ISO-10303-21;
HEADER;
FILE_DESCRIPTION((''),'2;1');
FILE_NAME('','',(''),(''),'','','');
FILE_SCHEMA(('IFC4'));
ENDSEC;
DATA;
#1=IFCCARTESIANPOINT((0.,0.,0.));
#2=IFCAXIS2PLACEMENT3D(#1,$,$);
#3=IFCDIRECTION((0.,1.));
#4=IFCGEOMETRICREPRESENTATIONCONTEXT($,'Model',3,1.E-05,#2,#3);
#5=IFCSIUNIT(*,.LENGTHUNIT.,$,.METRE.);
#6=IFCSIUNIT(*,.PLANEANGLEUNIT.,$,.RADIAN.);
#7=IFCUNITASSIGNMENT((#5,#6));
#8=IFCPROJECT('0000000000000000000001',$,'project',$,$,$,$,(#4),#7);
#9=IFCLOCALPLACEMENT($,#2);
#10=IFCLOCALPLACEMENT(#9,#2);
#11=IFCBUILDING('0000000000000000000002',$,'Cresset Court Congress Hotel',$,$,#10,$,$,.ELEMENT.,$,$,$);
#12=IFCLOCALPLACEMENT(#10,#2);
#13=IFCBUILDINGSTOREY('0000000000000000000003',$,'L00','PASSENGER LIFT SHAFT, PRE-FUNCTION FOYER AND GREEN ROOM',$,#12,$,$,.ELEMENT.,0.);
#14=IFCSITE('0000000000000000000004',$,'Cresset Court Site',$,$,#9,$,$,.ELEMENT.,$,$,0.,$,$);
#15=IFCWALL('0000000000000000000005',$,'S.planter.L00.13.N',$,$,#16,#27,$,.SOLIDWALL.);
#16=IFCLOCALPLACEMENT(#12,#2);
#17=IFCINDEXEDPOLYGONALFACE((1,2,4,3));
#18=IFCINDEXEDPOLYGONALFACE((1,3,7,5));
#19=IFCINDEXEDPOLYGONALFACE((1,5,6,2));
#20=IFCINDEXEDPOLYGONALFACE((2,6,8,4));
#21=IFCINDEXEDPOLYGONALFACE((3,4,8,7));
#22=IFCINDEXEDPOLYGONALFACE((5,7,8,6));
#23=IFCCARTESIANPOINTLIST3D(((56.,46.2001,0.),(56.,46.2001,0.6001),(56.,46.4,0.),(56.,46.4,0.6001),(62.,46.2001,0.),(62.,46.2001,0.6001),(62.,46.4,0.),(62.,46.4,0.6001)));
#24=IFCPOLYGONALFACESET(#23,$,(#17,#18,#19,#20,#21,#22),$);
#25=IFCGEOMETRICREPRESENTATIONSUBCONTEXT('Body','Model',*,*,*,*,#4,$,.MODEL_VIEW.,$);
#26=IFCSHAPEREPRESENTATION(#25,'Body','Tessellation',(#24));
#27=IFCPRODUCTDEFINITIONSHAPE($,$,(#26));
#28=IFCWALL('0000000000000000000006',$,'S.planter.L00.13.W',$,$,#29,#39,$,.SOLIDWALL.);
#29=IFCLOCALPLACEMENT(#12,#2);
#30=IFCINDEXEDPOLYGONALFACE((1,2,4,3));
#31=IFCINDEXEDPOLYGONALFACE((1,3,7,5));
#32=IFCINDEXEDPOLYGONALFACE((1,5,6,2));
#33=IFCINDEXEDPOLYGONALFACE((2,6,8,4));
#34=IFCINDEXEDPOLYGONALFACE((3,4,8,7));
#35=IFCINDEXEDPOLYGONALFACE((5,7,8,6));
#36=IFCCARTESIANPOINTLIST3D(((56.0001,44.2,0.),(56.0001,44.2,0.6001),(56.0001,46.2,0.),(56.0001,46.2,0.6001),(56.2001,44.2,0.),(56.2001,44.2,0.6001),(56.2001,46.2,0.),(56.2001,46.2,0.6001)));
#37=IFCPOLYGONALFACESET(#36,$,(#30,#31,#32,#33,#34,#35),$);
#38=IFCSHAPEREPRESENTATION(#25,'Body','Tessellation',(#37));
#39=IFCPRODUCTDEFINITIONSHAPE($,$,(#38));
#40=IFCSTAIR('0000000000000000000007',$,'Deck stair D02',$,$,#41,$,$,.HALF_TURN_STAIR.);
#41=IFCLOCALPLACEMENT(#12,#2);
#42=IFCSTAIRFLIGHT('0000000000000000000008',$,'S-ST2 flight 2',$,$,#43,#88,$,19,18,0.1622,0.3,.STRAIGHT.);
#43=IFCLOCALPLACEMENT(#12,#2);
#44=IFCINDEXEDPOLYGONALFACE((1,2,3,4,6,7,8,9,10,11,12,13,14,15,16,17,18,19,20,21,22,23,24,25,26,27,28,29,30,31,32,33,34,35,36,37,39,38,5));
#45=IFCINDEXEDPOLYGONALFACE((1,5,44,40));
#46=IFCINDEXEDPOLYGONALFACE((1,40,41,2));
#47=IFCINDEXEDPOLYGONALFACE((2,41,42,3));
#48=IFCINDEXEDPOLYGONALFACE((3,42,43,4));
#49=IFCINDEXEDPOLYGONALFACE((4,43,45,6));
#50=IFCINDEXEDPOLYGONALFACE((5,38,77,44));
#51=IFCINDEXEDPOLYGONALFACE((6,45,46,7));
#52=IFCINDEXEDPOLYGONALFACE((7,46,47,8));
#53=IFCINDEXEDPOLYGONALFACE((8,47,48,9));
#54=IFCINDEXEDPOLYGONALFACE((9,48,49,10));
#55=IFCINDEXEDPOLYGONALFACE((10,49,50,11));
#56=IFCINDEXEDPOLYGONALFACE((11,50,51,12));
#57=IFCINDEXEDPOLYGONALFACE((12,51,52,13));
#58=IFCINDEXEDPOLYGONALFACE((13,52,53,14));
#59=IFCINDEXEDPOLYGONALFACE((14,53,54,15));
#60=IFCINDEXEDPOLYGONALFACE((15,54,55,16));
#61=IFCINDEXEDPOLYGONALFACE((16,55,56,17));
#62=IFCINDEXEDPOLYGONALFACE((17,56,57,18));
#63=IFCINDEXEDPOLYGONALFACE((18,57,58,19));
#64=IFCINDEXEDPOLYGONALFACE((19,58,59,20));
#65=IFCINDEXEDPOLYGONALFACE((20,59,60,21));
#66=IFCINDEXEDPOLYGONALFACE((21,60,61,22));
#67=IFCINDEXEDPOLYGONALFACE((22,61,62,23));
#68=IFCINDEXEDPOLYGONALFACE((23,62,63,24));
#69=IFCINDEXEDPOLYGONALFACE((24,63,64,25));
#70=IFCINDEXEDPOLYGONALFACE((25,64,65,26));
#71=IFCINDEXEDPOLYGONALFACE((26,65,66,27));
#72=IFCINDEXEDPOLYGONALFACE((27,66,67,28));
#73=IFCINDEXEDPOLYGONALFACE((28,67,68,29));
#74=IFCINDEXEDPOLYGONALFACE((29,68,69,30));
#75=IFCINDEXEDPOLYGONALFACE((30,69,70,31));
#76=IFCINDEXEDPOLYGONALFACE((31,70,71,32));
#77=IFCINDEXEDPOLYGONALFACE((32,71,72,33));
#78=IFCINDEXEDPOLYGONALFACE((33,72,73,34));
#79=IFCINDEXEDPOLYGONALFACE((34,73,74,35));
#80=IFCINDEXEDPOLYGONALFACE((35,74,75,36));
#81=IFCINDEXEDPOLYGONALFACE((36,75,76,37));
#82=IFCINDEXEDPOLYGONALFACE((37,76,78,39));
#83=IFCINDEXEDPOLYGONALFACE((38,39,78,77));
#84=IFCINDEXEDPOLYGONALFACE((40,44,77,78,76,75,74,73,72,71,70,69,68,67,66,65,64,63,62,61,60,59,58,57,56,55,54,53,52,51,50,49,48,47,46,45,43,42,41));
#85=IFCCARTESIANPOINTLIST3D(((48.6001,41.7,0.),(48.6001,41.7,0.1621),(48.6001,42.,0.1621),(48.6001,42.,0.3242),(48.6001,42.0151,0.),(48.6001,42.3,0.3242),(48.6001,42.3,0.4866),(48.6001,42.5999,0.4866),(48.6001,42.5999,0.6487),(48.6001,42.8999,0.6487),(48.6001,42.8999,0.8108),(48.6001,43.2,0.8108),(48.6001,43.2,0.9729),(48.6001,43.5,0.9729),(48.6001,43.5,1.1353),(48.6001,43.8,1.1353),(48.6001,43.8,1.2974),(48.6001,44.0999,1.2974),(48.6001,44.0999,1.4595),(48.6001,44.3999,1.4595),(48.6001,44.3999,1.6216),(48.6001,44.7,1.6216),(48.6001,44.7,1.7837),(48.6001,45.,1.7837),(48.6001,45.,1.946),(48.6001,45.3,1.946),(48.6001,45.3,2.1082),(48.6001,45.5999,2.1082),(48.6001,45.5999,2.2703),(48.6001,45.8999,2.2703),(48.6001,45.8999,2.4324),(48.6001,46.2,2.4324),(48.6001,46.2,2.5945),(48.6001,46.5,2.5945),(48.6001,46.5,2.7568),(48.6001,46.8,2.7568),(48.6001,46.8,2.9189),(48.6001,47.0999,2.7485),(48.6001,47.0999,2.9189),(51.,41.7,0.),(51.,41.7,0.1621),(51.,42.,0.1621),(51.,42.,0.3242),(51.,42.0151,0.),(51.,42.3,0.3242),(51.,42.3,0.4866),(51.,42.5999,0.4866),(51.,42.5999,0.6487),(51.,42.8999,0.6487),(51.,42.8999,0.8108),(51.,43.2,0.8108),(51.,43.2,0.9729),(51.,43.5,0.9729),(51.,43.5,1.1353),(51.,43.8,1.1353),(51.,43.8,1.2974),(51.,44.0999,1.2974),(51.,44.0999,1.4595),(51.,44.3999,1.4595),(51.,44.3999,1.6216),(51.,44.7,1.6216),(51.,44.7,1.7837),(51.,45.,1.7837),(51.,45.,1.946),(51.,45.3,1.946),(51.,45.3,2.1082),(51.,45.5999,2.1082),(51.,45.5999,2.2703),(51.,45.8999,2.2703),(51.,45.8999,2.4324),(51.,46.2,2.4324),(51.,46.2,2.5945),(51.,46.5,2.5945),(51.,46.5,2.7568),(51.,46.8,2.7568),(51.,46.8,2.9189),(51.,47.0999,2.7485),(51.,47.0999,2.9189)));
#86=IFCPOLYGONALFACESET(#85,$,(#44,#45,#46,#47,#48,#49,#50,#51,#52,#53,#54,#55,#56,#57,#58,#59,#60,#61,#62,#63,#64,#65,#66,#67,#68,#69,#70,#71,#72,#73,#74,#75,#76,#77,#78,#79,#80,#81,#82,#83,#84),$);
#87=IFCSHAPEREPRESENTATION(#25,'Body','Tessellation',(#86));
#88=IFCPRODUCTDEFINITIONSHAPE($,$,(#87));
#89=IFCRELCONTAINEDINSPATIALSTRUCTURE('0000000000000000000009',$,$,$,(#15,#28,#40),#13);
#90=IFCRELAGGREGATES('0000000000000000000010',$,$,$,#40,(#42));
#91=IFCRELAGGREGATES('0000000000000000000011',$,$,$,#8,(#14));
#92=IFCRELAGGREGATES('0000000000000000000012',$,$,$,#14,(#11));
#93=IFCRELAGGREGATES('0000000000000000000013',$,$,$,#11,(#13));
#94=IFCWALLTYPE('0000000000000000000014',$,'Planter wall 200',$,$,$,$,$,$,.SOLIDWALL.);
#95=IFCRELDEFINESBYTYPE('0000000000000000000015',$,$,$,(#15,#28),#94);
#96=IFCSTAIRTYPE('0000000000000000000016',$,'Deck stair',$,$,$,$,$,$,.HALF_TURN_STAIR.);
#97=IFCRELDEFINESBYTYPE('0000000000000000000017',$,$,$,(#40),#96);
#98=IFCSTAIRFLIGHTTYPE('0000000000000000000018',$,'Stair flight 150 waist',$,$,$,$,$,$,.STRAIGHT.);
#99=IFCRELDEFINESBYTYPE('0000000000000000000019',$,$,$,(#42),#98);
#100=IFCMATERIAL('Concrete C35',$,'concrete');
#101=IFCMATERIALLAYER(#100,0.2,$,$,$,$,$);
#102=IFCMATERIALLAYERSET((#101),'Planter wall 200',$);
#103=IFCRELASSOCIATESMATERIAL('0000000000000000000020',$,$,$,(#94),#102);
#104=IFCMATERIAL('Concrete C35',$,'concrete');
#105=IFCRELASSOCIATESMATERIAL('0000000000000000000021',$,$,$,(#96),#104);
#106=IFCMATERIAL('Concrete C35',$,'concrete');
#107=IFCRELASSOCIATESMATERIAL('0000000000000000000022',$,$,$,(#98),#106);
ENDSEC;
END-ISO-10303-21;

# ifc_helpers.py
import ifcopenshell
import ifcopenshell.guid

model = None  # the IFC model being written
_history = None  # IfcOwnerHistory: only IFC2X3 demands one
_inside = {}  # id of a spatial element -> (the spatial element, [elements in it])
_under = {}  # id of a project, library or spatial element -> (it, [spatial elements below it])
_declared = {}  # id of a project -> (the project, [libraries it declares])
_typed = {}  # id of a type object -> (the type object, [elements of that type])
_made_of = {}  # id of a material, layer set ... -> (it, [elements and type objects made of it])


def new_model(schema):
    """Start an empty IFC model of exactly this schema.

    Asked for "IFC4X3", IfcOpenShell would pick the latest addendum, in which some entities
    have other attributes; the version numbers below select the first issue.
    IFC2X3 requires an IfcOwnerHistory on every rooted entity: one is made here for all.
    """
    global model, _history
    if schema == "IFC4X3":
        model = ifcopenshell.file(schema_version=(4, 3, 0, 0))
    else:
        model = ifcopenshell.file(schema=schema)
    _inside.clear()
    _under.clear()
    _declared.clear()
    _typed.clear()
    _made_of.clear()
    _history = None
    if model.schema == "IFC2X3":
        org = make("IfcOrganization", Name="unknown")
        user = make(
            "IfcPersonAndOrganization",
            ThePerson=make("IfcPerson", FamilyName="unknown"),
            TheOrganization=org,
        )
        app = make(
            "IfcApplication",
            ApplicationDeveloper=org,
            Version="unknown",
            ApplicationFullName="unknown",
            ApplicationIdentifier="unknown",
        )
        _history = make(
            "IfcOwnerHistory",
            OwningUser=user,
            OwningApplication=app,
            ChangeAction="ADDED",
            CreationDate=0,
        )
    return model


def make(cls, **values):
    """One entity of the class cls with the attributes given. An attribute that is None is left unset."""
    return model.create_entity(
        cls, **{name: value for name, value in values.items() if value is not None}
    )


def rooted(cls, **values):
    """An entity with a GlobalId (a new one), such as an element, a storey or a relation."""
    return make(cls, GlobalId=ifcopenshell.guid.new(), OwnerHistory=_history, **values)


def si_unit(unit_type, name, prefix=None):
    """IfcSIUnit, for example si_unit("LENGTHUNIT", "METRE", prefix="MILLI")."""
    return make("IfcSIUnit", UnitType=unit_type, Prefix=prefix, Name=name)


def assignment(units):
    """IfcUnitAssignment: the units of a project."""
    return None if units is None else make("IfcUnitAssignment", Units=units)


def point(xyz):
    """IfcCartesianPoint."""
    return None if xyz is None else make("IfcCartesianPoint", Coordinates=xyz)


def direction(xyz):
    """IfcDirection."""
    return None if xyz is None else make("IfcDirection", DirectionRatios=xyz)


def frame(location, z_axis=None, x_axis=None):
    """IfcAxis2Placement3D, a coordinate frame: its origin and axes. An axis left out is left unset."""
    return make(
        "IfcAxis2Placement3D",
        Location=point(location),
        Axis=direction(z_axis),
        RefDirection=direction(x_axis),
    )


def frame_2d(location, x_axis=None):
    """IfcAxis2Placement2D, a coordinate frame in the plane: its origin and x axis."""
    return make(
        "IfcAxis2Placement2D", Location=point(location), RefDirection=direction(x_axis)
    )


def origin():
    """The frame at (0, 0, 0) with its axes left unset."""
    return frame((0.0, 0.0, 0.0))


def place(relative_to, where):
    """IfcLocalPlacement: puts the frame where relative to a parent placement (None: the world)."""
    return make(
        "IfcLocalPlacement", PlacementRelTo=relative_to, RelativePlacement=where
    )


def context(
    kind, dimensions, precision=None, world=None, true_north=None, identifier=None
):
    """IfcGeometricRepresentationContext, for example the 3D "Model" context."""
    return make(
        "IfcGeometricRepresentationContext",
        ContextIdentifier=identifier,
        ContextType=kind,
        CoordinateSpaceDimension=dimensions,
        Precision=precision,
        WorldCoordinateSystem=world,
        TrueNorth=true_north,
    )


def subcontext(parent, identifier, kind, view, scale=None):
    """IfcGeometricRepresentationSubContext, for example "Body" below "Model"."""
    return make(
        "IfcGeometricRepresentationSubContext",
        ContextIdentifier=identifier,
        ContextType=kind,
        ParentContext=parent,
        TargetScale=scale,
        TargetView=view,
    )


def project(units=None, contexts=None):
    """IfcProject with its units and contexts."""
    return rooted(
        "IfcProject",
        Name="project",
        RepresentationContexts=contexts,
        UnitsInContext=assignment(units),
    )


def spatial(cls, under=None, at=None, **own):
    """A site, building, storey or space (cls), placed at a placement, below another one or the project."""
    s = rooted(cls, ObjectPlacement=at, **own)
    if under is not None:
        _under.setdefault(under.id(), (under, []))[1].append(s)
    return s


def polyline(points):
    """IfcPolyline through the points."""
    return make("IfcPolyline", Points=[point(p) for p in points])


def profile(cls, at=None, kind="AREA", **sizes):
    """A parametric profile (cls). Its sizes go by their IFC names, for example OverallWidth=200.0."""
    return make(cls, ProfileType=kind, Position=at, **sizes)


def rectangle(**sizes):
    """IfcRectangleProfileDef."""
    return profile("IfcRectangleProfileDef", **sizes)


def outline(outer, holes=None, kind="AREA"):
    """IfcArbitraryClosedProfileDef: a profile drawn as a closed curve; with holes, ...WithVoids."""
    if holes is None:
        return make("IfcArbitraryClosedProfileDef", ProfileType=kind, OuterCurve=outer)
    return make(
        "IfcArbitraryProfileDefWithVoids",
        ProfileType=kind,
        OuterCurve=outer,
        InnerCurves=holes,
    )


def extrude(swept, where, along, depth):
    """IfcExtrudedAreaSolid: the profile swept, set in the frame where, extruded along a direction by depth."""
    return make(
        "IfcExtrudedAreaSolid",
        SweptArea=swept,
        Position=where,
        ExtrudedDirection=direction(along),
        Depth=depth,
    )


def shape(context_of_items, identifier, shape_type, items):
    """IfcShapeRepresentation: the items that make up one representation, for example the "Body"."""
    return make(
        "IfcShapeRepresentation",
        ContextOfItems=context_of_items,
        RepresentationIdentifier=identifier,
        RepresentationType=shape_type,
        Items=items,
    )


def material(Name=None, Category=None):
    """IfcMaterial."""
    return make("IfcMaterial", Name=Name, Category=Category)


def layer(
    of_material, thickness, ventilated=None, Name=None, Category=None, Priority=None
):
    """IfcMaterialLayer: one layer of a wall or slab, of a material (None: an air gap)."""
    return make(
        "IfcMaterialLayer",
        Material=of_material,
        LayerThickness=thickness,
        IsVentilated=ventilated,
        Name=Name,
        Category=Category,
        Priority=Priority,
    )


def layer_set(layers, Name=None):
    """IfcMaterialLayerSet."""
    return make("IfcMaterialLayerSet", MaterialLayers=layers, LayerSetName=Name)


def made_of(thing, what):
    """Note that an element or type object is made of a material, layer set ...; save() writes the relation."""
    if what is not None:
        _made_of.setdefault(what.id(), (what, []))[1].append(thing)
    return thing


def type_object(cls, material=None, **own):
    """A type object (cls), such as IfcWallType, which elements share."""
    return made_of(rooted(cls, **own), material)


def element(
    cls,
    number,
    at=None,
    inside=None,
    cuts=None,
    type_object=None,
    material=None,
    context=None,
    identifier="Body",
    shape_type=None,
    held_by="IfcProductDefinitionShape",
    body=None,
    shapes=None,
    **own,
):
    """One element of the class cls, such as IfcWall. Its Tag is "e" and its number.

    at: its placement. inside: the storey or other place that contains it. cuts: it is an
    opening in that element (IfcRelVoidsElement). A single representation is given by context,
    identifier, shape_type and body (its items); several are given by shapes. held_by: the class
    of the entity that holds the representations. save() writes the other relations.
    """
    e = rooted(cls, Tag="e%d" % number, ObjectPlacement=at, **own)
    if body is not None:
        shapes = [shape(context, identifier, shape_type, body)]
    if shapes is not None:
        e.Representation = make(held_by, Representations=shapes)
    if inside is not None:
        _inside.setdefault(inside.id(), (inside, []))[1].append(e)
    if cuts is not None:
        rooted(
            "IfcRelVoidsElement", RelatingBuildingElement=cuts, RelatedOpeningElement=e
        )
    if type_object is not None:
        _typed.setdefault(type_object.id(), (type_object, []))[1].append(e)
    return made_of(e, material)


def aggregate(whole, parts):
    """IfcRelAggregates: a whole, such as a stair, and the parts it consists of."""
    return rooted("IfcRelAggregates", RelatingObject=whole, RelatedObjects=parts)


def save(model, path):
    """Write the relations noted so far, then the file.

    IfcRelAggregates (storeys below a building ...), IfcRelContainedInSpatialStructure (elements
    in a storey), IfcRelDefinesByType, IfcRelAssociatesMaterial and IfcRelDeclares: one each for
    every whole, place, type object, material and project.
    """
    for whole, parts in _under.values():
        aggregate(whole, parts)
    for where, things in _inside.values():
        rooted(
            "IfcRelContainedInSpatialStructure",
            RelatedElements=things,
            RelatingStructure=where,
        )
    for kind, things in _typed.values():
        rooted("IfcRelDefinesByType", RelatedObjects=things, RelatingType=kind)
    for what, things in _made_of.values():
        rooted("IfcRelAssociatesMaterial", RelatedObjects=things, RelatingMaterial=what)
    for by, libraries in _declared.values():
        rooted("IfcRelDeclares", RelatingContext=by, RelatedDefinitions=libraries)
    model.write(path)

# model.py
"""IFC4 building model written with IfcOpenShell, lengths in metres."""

from ifc_helpers import new_model, si_unit, direction, frame, frame_2d, origin, place, context, subcontext, project, spatial, polyline, rectangle, outline, extrude, material, layer, layer_set, type_object, element, aggregate, save


model = new_model("IFC4")

# Units and contexts
model_context = context("Model", 3, precision=1e-05, world=origin(), true_north=direction((0.0, 1.0)))
body_context = subcontext(model_context, "Body", "Model", "MODEL_VIEW")
ifc_project = project(units=[si_unit("LENGTHUNIT", "METRE"), si_unit("PLANEANGLEUNIT", "RADIAN")], contexts=[model_context])

# Site, building, storey
site_placement = place(None, origin())
site = spatial("IfcSite", under=ifc_project, at=site_placement, Name="Cresset Court Site", CompositionType="ELEMENT", RefElevation=0.0)
building_placement = place(site_placement, origin())
building = spatial("IfcBuilding", under=site, at=building_placement, Name="Cresset Court Congress Hotel", CompositionType="ELEMENT")
storey_placement = place(building_placement, origin())
storey = spatial("IfcBuildingStorey", under=building, at=storey_placement, Name="L00", Description="PASSENGER LIFT SHAFT, PRE-FUNCTION FOYER AND GREEN ROOM", CompositionType="ELEMENT", Elevation=0.0)

# Walls
ifc_material_1 = material(Name="Concrete C35", Category="concrete")
ifc_layer_1 = layer(ifc_material_1, 0.2)
ifc_layer_set_1 = layer_set([ifc_layer_1], Name="Planter wall 200")
wall_type_1 = type_object("IfcWallType", Name="Planter wall 200", PredefinedType="SOLIDWALL", material=ifc_layer_set_1)
for number, where, z_axis, x_axis, name in (
    (1, (56.0, 46.3, 0.0), (0.0, 0.0, 1.0), (1.0, 0.0, 0.0), "S.planter.L00.13.N"),
):
    element("IfcWall", number, at=place(storey_placement, frame(where, z_axis=z_axis, x_axis=x_axis)), inside=storey, type_object=wall_type_1, Name=name, PredefinedType="SOLIDWALL", context=body_context, shape_type="SweptSolid", body=[
        extrude(rectangle(XDim=6.0, YDim=0.2, at=frame_2d((3.0, 0.0))), origin(), (0.0, 0.0, 1.0), 0.6001),
    ])
wall_1_placement = place(storey_placement, frame((56.1001, 44.2, 0.0), z_axis=(0.0, 0.0, 1.0), x_axis=(0.0, 1.0, 0.0)))
element("IfcWall", 2, at=wall_1_placement, inside=storey, type_object=wall_type_1, Name="S.planter.L00.13.W", PredefinedType="SOLIDWALL", context=body_context, shape_type="SweptSolid", body=[
    extrude(rectangle(XDim=2.0, YDim=0.2, at=frame_2d((1.0, 0.0))), origin(), (0.0, 0.0, 1.0), 0.6001),
])

# Stair, stair flight
ifc_material_2 = material(Name="Concrete C35", Category="concrete")
stair_type = type_object("IfcStairType", Name="Deck stair", PredefinedType="HALF_TURN_STAIR", material=ifc_material_2)
stair_placement = place(storey_placement, origin())
stair = element("IfcStair", 3, at=stair_placement, inside=storey, type_object=stair_type, Name="Deck stair D02", PredefinedType="HALF_TURN_STAIR")
ifc_material_3 = material(Name="Concrete C35", Category="concrete")
stair_flight_type = type_object("IfcStairFlightType", Name="Stair flight 150 waist", PredefinedType="STRAIGHT", material=ifc_material_3)
stair_flight_placement = place(storey_placement, frame((49.8, 41.7, 0.0), z_axis=(0.0, 0.0, 1.0), x_axis=(0.0, 1.0, 0.0)))
stair_flight = element("IfcStairFlight", 4, at=stair_flight_placement, type_object=stair_flight_type, Name="S-ST2 flight 2", NumberOfRisers=19, NumberOfTreads=18, PredefinedType="STRAIGHT", RiserHeight=0.1622, TreadLength=0.3, context=body_context, shape_type="SweptSolid", body=[
    extrude(outline(polyline([(0.0, 0.0), (0.0, 0.1621), (0.3, 0.1621), (0.3, 0.3242), (0.6001, 0.3242), (0.6001, 0.4866), (0.8999, 0.4866), (0.8999, 0.6487), (1.2, 0.6487), (1.2, 0.8108), (1.5, 0.8108), (1.5, 0.9729), (1.8, 0.9729), (1.8, 1.1353), (2.1001, 1.1353), (2.1001, 1.2974), (2.3999, 1.2974), (2.3999, 1.4595), (2.7, 1.4595), (2.7, 1.6216), (3.0, 1.6216), (3.0, 1.7837), (3.3, 1.7837), (3.3, 1.946), (3.6001, 1.946), (3.6001, 2.1082), (3.8999, 2.1082), (3.8999, 2.2703), (4.2, 2.2703), (4.2, 2.4324), (4.5, 2.4324), (4.5, 2.5945), (4.8, 2.5945), (4.8, 2.7568), (5.1001, 2.7568), (5.1001, 2.9189), (5.3999, 2.9189), (5.3999, 3.0811), (5.3999, 2.7485), (0.3152, 0.0), (0.0, 0.0)])), frame((0.0, 1.2, 0.0), z_axis=(0.0, -1.0, 0.0), x_axis=(1.0, 0.0, 0.0)), (0.0, 0.0, 1.0), 2.3999),
])
aggregate(stair, [stair_flight])

save(model, "model.ifc")
